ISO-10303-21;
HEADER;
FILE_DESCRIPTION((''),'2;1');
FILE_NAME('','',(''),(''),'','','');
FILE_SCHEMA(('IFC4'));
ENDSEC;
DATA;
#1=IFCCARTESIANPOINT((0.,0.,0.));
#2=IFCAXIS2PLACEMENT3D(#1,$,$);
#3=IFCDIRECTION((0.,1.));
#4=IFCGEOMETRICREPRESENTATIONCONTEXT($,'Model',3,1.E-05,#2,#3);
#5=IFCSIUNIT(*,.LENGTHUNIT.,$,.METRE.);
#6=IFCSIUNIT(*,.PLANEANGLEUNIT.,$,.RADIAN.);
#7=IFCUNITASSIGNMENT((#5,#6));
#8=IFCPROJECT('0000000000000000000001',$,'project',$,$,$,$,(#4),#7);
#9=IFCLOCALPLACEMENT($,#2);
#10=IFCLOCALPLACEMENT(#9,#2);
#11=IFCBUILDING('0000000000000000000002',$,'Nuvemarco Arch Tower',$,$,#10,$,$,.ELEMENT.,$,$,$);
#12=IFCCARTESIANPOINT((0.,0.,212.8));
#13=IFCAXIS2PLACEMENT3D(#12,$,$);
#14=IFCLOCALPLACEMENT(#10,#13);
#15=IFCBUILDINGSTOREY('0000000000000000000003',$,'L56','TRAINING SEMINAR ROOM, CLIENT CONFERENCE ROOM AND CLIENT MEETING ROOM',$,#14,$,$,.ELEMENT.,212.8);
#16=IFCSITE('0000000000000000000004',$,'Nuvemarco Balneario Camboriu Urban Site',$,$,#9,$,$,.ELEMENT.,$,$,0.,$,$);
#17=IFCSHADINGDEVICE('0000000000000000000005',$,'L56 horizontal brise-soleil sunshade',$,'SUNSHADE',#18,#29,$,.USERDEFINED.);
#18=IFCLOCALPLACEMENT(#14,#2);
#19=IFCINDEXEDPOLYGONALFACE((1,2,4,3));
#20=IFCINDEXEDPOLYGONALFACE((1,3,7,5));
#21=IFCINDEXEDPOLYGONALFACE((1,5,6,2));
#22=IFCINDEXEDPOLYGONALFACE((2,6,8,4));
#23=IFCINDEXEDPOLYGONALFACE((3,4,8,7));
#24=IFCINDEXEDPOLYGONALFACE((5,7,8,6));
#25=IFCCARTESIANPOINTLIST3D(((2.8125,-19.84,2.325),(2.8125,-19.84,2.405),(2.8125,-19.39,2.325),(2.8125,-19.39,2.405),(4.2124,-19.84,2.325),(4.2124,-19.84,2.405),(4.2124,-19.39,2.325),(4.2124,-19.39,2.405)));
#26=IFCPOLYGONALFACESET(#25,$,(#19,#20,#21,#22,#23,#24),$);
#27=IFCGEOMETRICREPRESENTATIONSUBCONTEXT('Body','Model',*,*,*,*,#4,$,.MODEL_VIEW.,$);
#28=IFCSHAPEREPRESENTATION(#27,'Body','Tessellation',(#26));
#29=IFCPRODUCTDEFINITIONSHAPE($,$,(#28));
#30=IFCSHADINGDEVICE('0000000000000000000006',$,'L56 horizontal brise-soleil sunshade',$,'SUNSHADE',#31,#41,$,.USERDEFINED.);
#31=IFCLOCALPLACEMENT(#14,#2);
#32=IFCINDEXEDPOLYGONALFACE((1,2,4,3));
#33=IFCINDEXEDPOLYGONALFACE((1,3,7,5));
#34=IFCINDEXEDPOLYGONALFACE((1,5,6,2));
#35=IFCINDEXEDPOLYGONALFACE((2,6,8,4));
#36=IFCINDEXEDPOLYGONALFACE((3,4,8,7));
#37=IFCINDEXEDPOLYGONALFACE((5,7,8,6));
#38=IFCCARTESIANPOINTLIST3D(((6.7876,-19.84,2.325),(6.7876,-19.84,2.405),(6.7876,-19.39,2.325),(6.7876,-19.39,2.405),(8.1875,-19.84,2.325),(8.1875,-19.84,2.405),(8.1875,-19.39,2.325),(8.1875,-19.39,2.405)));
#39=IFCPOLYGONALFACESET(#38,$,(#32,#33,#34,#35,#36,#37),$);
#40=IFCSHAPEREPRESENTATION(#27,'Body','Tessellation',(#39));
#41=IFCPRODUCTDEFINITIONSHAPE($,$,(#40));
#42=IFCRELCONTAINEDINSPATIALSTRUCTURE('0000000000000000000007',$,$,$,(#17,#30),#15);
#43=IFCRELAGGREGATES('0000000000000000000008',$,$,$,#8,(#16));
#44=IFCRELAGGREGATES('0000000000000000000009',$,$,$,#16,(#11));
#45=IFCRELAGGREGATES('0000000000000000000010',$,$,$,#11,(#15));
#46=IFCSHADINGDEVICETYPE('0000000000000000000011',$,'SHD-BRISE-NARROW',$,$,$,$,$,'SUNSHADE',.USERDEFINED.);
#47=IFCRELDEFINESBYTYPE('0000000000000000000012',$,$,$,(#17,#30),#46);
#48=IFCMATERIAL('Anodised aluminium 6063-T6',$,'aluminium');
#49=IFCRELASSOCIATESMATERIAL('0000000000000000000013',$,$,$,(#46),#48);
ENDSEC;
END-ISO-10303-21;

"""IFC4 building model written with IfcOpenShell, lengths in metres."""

from ifc_helpers import new_model, si_unit, direction, frame, origin, origin_2d, place, context, subcontext, project, spatial, rectangle, extrude, source, transform, mapped, material, type_object, type_shapes, element, save


model = new_model("IFC4")

# Units and contexts
model_context = context("Model", 3, precision=1e-05, world=origin(), true_north=direction((0.0, 1.0)))
body_context = subcontext(model_context, "Body", "Model", "MODEL_VIEW")
ifc_project = project(units=[si_unit("LENGTHUNIT", "METRE"), si_unit("PLANEANGLEUNIT", "RADIAN")], contexts=[model_context])

# Site, building, storey
site_placement = place(None, origin())
site = spatial("IfcSite", under=ifc_project, at=site_placement, Name="Nuvemarco Balneario Camboriu Urban Site", CompositionType="ELEMENT", RefElevation=0.0)
building_placement = place(site_placement, origin())
building = spatial("IfcBuilding", under=site, at=building_placement, Name="Nuvemarco Arch Tower", CompositionType="ELEMENT")
storey_placement = place(building_placement, frame((0.0, 0.0, 212.8)))
storey = spatial("IfcBuildingStorey", under=building, at=storey_placement, Name="L56", Description="TRAINING SEMINAR ROOM, CLIENT CONFERENCE ROOM AND CLIENT MEETING ROOM", CompositionType="ELEMENT", Elevation=212.8)

# Shading devices
ifc_material_1 = material(Name="Anodised aluminium 6063-T6", Category="aluminium")
shading_device_type = type_object("IfcShadingDeviceType", Name="SHD-BRISE-NARROW", ElementType="SUNSHADE", PredefinedType="USERDEFINED", material=ifc_material_1)
shared_shape_1 = source(origin(), body_context, "Body", "SweptSolid", [
    extrude(rectangle(XDim=1.3999, YDim=0.45, at=origin_2d()), origin(), (0.0, 0.0, 1.0), 0.0801),
])
type_shapes(shading_device_type, [shared_shape_1])
for number, where, z_axis, x_axis, name in (
    (1, (3.5125, -19.615, 2.325), (0.0, 0.0, 1.0), (1.0, 0.0, 0.0), "L56 horizontal brise-soleil sunshade"),
    (2, (7.4875, -19.615, 2.325), (0.0, 0.0, 1.0), (1.0, 0.0, 0.0), "L56 horizontal brise-soleil sunshade"),
):
    element("IfcShadingDevice", number, at=place(storey_placement, frame(where, z_axis=z_axis, x_axis=x_axis)), inside=storey, type_object=shading_device_type, Name=name, ObjectType="SUNSHADE", PredefinedType="USERDEFINED", context=body_context, shape_type="MappedRepresentation", body=[
        mapped(shared_shape_1, transform((0.0, 0.0, 0.0), scale=1.0)),
    ])

save(model, "model.ifc")
